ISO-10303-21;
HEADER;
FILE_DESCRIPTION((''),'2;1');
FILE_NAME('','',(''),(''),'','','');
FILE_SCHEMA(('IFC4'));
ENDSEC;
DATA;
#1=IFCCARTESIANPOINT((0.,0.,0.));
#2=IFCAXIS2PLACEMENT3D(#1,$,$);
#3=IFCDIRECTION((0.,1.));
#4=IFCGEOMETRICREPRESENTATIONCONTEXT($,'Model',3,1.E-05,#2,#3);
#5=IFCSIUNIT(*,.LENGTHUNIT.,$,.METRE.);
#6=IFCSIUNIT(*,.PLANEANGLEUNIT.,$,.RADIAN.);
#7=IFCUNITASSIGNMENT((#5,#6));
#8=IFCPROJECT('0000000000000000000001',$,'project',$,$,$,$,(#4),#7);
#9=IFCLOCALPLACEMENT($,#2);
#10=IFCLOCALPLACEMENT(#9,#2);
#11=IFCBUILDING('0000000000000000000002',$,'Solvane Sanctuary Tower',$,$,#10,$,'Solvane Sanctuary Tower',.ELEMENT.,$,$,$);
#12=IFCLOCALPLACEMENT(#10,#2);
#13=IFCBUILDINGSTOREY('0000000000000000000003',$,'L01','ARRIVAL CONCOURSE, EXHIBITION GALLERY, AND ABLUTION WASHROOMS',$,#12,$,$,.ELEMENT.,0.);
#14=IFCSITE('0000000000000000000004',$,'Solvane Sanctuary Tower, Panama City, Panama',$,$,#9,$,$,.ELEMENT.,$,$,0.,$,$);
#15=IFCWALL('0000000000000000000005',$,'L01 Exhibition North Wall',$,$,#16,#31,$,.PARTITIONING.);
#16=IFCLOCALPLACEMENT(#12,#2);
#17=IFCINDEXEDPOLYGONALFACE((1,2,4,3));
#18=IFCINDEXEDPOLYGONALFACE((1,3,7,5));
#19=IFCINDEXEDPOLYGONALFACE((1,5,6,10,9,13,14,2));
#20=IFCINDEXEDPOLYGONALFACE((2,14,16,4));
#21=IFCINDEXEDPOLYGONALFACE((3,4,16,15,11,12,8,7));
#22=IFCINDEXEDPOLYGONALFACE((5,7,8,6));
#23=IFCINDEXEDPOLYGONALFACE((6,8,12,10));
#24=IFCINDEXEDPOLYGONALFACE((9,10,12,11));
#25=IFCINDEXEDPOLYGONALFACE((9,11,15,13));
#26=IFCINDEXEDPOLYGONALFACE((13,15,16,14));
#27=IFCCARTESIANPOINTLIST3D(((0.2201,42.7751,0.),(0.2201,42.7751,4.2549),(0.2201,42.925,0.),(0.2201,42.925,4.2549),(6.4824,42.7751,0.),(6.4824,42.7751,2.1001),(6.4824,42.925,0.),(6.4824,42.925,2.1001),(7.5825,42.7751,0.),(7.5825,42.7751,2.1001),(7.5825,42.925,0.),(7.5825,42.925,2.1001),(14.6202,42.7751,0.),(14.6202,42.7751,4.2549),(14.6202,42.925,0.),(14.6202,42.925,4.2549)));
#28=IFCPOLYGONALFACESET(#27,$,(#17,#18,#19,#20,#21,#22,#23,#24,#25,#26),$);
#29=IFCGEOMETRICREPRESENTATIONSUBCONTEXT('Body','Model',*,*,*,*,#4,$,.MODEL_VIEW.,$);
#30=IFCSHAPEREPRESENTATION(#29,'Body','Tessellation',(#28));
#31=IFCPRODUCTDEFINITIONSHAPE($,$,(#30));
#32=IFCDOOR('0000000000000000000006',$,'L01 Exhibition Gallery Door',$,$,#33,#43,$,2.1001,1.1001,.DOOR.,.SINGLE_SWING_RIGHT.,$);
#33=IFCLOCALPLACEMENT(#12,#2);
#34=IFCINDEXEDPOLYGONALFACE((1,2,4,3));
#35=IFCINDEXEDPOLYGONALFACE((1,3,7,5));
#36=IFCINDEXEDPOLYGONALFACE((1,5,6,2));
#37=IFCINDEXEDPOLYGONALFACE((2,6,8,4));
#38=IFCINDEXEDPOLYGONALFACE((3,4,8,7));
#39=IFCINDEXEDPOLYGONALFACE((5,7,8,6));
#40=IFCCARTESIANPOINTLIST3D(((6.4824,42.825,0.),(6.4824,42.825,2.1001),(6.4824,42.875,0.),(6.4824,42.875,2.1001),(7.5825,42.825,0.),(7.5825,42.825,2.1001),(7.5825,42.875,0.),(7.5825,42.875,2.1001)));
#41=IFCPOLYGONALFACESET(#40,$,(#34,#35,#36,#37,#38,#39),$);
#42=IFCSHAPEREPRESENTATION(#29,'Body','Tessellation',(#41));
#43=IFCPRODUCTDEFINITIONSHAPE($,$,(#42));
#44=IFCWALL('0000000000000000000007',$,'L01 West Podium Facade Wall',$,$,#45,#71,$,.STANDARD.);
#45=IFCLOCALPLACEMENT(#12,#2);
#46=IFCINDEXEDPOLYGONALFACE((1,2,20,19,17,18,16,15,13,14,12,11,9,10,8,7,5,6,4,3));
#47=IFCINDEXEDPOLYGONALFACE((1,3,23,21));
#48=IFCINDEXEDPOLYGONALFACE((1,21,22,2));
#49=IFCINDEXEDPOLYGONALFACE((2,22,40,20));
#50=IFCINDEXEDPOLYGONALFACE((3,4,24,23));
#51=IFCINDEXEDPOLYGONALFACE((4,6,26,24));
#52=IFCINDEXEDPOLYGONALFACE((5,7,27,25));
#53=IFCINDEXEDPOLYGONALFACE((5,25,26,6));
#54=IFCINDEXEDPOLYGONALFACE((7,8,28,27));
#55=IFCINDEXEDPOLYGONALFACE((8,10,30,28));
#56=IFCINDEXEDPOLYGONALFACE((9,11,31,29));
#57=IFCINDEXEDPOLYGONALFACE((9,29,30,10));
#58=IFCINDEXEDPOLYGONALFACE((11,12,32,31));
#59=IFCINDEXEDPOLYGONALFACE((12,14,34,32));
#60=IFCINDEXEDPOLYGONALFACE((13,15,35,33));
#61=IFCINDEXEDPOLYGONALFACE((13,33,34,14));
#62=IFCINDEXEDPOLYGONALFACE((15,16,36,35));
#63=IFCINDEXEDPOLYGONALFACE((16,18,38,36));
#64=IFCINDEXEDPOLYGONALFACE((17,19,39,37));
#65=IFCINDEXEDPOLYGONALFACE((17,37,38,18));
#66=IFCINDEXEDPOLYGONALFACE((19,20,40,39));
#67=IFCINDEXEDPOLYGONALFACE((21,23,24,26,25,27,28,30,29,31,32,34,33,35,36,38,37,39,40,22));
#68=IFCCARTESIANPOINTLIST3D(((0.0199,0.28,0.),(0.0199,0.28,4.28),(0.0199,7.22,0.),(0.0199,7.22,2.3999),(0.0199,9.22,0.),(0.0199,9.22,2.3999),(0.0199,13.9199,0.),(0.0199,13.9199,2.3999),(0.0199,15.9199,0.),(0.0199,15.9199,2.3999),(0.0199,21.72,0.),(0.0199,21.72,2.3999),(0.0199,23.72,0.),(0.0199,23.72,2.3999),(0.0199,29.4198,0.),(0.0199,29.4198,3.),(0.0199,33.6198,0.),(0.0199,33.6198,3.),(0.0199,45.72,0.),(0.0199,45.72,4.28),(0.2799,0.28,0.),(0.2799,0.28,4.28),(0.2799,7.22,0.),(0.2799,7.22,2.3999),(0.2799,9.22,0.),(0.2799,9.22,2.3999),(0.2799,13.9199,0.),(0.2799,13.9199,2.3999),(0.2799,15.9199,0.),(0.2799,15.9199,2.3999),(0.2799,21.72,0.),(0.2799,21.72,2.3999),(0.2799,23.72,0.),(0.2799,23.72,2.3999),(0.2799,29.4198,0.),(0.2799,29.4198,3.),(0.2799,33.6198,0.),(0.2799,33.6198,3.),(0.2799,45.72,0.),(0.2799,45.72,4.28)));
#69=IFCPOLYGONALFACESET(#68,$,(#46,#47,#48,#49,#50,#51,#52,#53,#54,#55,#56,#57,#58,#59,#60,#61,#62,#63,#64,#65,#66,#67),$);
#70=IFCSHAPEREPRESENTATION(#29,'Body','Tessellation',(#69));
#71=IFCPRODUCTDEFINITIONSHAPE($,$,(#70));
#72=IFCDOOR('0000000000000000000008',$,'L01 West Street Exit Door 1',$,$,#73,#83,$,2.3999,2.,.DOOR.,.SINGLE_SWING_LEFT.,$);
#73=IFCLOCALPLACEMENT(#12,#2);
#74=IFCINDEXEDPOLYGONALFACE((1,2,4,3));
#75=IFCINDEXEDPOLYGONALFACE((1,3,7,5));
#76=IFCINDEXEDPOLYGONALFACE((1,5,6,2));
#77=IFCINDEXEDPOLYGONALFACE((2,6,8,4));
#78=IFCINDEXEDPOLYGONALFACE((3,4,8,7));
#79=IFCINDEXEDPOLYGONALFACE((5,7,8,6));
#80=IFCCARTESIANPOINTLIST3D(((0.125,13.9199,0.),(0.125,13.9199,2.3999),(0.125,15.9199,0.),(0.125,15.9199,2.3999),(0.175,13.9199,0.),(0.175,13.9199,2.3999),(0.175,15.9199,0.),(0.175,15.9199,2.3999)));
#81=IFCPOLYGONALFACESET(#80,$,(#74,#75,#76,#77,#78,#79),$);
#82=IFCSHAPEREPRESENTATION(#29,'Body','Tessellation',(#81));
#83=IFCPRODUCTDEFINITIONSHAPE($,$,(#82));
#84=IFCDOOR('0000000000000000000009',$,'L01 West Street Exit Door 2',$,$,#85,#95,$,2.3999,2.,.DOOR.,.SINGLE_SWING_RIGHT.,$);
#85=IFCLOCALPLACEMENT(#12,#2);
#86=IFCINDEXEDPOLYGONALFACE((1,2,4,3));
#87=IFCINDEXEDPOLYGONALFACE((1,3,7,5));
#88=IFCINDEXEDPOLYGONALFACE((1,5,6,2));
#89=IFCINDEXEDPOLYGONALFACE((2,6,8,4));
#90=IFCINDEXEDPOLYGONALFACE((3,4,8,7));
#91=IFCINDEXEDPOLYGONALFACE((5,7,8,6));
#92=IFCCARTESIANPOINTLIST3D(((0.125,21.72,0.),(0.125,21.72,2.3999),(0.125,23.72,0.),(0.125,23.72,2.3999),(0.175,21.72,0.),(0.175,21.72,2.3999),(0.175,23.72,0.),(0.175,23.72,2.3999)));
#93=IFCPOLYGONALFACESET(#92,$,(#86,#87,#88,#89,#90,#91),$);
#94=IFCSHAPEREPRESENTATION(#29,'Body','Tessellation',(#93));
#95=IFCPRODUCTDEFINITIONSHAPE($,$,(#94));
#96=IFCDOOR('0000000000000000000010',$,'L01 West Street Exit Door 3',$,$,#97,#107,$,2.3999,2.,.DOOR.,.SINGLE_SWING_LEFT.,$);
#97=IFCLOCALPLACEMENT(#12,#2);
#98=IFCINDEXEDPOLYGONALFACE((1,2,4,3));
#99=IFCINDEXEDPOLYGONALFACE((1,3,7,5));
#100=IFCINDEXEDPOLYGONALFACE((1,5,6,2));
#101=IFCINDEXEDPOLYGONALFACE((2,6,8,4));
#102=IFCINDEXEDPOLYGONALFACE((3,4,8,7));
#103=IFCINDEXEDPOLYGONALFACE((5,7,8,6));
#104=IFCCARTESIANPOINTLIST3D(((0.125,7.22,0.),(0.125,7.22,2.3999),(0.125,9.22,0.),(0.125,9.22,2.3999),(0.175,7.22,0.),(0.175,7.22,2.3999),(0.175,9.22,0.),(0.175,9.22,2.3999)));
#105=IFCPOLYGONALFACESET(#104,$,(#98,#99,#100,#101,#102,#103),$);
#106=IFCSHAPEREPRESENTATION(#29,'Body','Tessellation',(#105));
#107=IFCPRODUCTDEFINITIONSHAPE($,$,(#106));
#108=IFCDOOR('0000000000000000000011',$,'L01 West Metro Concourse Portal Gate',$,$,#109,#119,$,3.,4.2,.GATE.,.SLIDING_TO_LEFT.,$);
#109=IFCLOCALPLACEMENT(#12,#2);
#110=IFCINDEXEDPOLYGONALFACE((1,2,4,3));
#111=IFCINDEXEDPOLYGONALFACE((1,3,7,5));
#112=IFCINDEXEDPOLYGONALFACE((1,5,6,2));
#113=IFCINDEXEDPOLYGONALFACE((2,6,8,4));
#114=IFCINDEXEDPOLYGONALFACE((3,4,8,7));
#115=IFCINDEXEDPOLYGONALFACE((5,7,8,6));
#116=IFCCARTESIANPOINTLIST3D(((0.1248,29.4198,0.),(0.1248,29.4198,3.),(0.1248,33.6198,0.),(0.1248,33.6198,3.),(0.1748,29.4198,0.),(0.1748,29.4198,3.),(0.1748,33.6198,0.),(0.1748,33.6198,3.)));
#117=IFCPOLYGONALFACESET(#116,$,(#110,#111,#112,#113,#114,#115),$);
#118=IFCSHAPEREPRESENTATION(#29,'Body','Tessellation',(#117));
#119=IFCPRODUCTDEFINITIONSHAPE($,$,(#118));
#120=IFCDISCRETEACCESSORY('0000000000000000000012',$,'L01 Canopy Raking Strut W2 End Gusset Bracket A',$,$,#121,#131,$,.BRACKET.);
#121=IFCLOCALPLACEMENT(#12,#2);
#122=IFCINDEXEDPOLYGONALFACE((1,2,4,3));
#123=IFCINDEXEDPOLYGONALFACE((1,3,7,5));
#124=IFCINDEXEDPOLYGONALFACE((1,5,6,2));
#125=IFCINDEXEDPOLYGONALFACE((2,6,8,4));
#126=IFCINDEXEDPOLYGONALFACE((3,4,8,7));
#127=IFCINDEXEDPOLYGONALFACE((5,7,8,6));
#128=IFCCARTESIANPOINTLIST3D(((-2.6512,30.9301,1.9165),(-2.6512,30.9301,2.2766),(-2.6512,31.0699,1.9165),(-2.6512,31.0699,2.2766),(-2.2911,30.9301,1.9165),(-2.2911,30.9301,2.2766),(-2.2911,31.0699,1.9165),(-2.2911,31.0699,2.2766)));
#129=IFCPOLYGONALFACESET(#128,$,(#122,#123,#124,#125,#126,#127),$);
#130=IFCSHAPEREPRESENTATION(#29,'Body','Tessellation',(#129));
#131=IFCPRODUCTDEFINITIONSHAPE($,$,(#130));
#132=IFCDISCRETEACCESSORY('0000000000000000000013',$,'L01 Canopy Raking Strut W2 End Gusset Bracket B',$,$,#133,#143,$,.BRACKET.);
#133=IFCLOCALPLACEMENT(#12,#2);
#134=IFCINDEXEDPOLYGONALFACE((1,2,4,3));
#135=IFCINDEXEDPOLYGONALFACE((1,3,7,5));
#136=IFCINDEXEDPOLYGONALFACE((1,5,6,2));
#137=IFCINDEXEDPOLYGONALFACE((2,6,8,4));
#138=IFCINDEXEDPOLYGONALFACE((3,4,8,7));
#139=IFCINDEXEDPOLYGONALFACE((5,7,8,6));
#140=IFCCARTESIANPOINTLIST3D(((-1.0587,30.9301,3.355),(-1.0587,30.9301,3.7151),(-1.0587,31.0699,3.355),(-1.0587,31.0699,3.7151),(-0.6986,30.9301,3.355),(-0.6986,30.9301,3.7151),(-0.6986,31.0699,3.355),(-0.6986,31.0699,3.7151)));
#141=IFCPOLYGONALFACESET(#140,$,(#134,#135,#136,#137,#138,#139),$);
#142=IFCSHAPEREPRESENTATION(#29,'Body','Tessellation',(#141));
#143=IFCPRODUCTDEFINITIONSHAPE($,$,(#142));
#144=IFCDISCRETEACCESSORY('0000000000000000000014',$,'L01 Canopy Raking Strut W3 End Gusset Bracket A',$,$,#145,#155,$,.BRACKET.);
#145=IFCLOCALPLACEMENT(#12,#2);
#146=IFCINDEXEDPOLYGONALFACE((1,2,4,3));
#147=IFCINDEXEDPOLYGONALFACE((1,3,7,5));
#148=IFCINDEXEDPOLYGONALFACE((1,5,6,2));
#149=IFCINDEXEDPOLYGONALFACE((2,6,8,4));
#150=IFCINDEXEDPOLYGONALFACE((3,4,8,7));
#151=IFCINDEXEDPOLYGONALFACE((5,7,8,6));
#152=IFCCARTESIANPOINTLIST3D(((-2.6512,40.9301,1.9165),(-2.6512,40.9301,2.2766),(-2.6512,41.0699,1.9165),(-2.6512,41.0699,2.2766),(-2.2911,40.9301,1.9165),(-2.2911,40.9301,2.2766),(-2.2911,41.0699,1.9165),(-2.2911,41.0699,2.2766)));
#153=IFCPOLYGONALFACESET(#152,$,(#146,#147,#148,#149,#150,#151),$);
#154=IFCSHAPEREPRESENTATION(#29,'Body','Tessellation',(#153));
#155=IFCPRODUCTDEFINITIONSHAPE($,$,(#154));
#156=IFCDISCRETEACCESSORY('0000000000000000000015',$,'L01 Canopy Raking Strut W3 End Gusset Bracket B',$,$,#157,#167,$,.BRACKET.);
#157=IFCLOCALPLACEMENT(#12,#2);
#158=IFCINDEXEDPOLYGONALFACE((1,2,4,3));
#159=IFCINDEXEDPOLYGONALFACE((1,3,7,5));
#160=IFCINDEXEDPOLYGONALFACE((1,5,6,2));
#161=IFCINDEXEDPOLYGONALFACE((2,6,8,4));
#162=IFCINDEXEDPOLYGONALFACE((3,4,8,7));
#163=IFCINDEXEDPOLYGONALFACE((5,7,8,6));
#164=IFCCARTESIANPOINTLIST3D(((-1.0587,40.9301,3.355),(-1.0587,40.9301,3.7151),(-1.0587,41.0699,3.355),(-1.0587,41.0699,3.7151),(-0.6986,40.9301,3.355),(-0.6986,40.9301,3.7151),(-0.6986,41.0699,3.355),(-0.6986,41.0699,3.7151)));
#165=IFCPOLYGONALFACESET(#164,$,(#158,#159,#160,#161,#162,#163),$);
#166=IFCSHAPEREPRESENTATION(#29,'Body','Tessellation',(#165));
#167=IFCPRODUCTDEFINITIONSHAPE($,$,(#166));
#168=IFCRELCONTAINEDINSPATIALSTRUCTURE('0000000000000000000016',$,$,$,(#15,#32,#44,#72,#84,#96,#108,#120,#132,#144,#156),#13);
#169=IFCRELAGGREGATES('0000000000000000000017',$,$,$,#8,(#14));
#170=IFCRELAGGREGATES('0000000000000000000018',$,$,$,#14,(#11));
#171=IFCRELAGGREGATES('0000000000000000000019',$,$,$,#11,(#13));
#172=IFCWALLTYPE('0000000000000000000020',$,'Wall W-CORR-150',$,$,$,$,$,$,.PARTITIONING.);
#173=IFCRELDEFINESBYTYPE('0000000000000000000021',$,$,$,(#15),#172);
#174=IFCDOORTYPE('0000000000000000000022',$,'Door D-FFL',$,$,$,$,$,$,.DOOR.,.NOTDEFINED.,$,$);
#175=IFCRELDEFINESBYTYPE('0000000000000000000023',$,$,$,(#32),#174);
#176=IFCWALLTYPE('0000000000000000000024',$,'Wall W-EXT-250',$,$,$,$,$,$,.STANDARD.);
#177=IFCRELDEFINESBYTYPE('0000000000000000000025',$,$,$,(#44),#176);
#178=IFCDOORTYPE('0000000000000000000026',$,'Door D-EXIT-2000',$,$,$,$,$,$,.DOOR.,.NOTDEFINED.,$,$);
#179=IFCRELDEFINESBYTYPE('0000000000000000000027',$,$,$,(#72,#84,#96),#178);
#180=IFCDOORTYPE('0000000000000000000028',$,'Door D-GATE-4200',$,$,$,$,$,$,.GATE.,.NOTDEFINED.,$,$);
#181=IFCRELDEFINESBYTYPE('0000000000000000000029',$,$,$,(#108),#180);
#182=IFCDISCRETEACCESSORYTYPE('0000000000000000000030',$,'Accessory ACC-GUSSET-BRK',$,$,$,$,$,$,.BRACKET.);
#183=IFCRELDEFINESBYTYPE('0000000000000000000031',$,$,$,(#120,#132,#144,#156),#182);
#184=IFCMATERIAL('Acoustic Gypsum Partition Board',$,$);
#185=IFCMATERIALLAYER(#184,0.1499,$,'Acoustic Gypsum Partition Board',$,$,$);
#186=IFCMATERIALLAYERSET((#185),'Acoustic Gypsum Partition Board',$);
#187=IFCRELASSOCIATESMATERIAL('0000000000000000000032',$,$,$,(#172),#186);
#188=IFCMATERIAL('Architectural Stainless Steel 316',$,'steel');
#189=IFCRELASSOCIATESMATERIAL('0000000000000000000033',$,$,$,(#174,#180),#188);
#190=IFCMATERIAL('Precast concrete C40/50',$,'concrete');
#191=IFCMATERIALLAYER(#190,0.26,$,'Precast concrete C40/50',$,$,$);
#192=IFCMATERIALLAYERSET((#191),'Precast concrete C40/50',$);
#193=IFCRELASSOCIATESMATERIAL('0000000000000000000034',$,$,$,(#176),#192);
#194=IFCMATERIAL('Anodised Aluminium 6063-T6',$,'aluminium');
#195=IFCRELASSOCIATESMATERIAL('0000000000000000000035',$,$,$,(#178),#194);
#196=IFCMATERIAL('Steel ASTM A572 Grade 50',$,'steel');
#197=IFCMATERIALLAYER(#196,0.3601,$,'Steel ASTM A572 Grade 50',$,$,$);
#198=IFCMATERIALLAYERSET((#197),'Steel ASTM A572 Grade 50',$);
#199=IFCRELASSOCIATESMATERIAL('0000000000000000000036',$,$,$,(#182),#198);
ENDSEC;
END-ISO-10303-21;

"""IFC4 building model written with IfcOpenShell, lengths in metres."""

from ifc_helpers import new_model, si_unit, direction, frame, frame_2d, origin, origin_2d, place, context, subcontext, project, spatial, rectangle, extrude, material, layer, layer_set, type_object, element, fill, save


model = new_model("IFC4")

# Units and contexts
model_context = context("Model", 3, precision=1e-05, world=origin(), true_north=direction((0.0, 1.0)))
body_context = subcontext(model_context, "Body", "Model", "MODEL_VIEW")
ifc_project = project(units=[si_unit("LENGTHUNIT", "METRE"), si_unit("PLANEANGLEUNIT", "RADIAN")], contexts=[model_context])

# Site, building, storey
site_placement = place(None, origin())
site = spatial("IfcSite", under=ifc_project, at=site_placement, Name="Solvane Sanctuary Tower, Panama City, Panama", CompositionType="ELEMENT", RefElevation=0.0)
building_placement = place(site_placement, origin())
building = spatial("IfcBuilding", under=site, at=building_placement, Name="Solvane Sanctuary Tower", LongName="Solvane Sanctuary Tower", CompositionType="ELEMENT")
storey_placement = place(building_placement, origin())
storey = spatial("IfcBuildingStorey", under=building, at=storey_placement, Name="L01", Description="ARRIVAL CONCOURSE, EXHIBITION GALLERY, AND ABLUTION WASHROOMS", CompositionType="ELEMENT", Elevation=0.0)

# Shared definitions
ifc_material_1 = material(Name="Acoustic Gypsum Partition Board")
ifc_layer_1 = layer(ifc_material_1, 0.1499, Name="Acoustic Gypsum Partition Board")
ifc_layer_set_1 = layer_set([ifc_layer_1], Name="Acoustic Gypsum Partition Board")
wall_type_1 = type_object("IfcWallType", Name="Wall W-CORR-150", PredefinedType="PARTITIONING", material=ifc_layer_set_1)

# Wall, opening, door
wall_1_placement = place(storey_placement, frame((0.22, 42.8501, 0.0), z_axis=(0.0, 0.0, 1.0), x_axis=(1.0, 0.0, 0.0)))
wall_1 = element("IfcWall", 1, at=wall_1_placement, inside=storey, type_object=wall_type_1, Name="L01 Exhibition North Wall", PredefinedType="PARTITIONING", context=body_context, shape_type="SweptSolid", body=[
    extrude(rectangle(XDim=14.4001, YDim=0.1499, at=frame_2d((7.2002, 0.0))), origin(), (0.0, 0.0, 1.0), 4.2549),
])
opening_1_placement = place(wall_1_placement, frame((6.2625, 0.0, 0.0)))
opening_1 = element("IfcOpeningElement", 2, at=opening_1_placement, cuts=wall_1, PredefinedType="OPENING", context=body_context, shape_type="SweptSolid", body=[
    extrude(rectangle(XDim=1.1001, YDim=2.1001, at=frame_2d((0.55, 1.05))), frame((0.0, 0.085, 0.0), z_axis=(0.0, -1.0, 0.0), x_axis=(1.0, 0.0, 0.0)), (0.0, 0.0, 1.0), 0.1699),
])
ifc_material_2 = material(Name="Architectural Stainless Steel 316", Category="steel")
door_type_1 = type_object("IfcDoorType", Name="Door D-FFL", OperationType="NOTDEFINED", PredefinedType="DOOR", material=ifc_material_2)
door_1_placement = place(opening_1_placement, origin())
door_1 = element("IfcDoor", 3, at=door_1_placement, inside=storey, type_object=door_type_1, Name="L01 Exhibition Gallery Door", OperationType="SINGLE_SWING_RIGHT", OverallHeight=2.1001, OverallWidth=1.1001, PredefinedType="DOOR", context=body_context, shape_type="SweptSolid", body=[
    extrude(rectangle(XDim=1.1001, YDim=2.1001, at=frame_2d((0.55, 1.05))), frame((0.0, 0.0249, 0.0), z_axis=(0.0, -1.0, 0.0), x_axis=(1.0, 0.0, 0.0)), (0.0, 0.0, 1.0), 0.05),
])
fill(opening_1, door_1)

# Wall, openings, doors
ifc_material_3 = material(Name="Precast concrete C40/50", Category="concrete")
ifc_layer_2 = layer(ifc_material_3, 0.26, Name="Precast concrete C40/50")
ifc_layer_set_2 = layer_set([ifc_layer_2], Name="Precast concrete C40/50")
wall_type_2 = type_object("IfcWallType", Name="Wall W-EXT-250", PredefinedType="STANDARD", material=ifc_layer_set_2)
wall_2_placement = place(storey_placement, frame((0.1499, 45.72, 0.0), z_axis=(0.0, 0.0, 1.0), x_axis=(0.0, -1.0, 0.0)))
wall_2 = element("IfcWall", 4, at=wall_2_placement, inside=storey, type_object=wall_type_2, Name="L01 West Podium Facade Wall", PredefinedType="STANDARD", context=body_context, shape_type="SweptSolid", body=[
    extrude(rectangle(XDim=45.4399, YDim=0.26, at=frame_2d((22.72, 0.0))), origin(), (0.0, 0.0, 1.0), 4.28),
])
opening_2_placement = place(wall_2_placement, frame((29.8, 0.0, 0.0)))
opening_2 = element("IfcOpeningElement", 5, at=opening_2_placement, cuts=wall_2, PredefinedType="OPENING", context=body_context, shape_type="SweptSolid", body=[
    extrude(rectangle(XDim=2.0, YDim=2.3999, at=frame_2d((1.0, 1.2))), frame((0.0, 0.1399, 0.0), z_axis=(0.0, -1.0, 0.0), x_axis=(1.0, 0.0, 0.0)), (0.0, 0.0, 1.0), 0.28),
])
opening_3_placement = place(wall_2_placement, frame((22.0, 0.0, 0.0)))
opening_3 = element("IfcOpeningElement", 6, at=opening_3_placement, cuts=wall_2, PredefinedType="OPENING", context=body_context, shape_type="SweptSolid", body=[
    extrude(rectangle(XDim=2.0, YDim=2.3999, at=frame_2d((1.0, 1.2))), frame((0.0, 0.1399, 0.0), z_axis=(0.0, -1.0, 0.0), x_axis=(1.0, 0.0, 0.0)), (0.0, 0.0, 1.0), 0.28),
])
opening_4_placement = place(wall_2_placement, frame((36.5, 0.0, 0.0)))
opening_4 = element("IfcOpeningElement", 7, at=opening_4_placement, cuts=wall_2, PredefinedType="OPENING", context=body_context, shape_type="SweptSolid", body=[
    extrude(rectangle(XDim=2.0, YDim=2.3999, at=frame_2d((1.0, 1.2))), frame((0.0, 0.1399, 0.0), z_axis=(0.0, -1.0, 0.0), x_axis=(1.0, 0.0, 0.0)), (0.0, 0.0, 1.0), 0.28),
])
opening_5_placement = place(wall_2_placement, frame((12.1001, 0.0, 0.0)))
opening_5 = element("IfcOpeningElement", 8, at=opening_5_placement, cuts=wall_2, PredefinedType="OPENING", context=body_context, shape_type="SweptSolid", body=[
    extrude(rectangle(XDim=4.2, YDim=3.0, at=frame_2d((2.1001, 1.5))), frame((0.0, 0.1399, 0.0), z_axis=(0.0, -1.0, 0.0), x_axis=(1.0, 0.0, 0.0)), (0.0, 0.0, 1.0), 0.28),
])
ifc_material_4 = material(Name="Anodised Aluminium 6063-T6", Category="aluminium")
door_type_2 = type_object("IfcDoorType", Name="Door D-EXIT-2000", OperationType="NOTDEFINED", PredefinedType="DOOR", material=ifc_material_4)
door_2_placement = place(opening_2_placement, frame((2.0, 0.0, 0.0), z_axis=(0.0, 0.0, 1.0), x_axis=(-1.0, 0.0, 0.0)))
door_2 = element("IfcDoor", 9, at=door_2_placement, inside=storey, type_object=door_type_2, Name="L01 West Street Exit Door 1", OperationType="SINGLE_SWING_LEFT", OverallHeight=2.3999, OverallWidth=2.0, PredefinedType="DOOR", context=body_context, shape_type="SweptSolid", body=[
    extrude(rectangle(XDim=2.0, YDim=2.3999, at=frame_2d((1.0, 1.2))), frame((0.0, 0.0249, 0.0), z_axis=(0.0, -1.0, 0.0), x_axis=(1.0, 0.0, 0.0)), (0.0, 0.0, 1.0), 0.05),
])
fill(opening_2, door_2)
door_3_placement = place(opening_3_placement, frame((2.0, 0.0, 0.0), z_axis=(0.0, 0.0, 1.0), x_axis=(-1.0, 0.0, 0.0)))
door_3 = element("IfcDoor", 10, at=door_3_placement, inside=storey, type_object=door_type_2, Name="L01 West Street Exit Door 2", OperationType="SINGLE_SWING_RIGHT", OverallHeight=2.3999, OverallWidth=2.0, PredefinedType="DOOR", context=body_context, shape_type="SweptSolid", body=[
    extrude(rectangle(XDim=2.0, YDim=2.3999, at=frame_2d((1.0, 1.2))), frame((0.0, 0.0249, 0.0), z_axis=(0.0, -1.0, 0.0), x_axis=(1.0, 0.0, 0.0)), (0.0, 0.0, 1.0), 0.05),
])
fill(opening_3, door_3)
door_4_placement = place(opening_4_placement, frame((2.0, 0.0, 0.0), z_axis=(0.0, 0.0, 1.0), x_axis=(-1.0, 0.0, 0.0)))
door_4 = element("IfcDoor", 11, at=door_4_placement, inside=storey, type_object=door_type_2, Name="L01 West Street Exit Door 3", OperationType="SINGLE_SWING_LEFT", OverallHeight=2.3999, OverallWidth=2.0, PredefinedType="DOOR", context=body_context, shape_type="SweptSolid", body=[
    extrude(rectangle(XDim=2.0, YDim=2.3999, at=frame_2d((1.0, 1.2))), frame((0.0, 0.0249, 0.0), z_axis=(0.0, -1.0, 0.0), x_axis=(1.0, 0.0, 0.0)), (0.0, 0.0, 1.0), 0.05),
])
fill(opening_4, door_4)
door_type_3 = type_object("IfcDoorType", Name="Door D-GATE-4200", OperationType="NOTDEFINED", PredefinedType="GATE", material=ifc_material_2)
door_5_placement = place(opening_5_placement, origin())
door_5 = element("IfcDoor", 12, at=door_5_placement, inside=storey, type_object=door_type_3, Name="L01 West Metro Concourse Portal Gate", OperationType="SLIDING_TO_LEFT", OverallHeight=3.0, OverallWidth=4.2, PredefinedType="GATE", context=body_context, shape_type="SweptSolid", body=[
    extrude(rectangle(XDim=4.2, YDim=3.0, at=frame_2d((2.1001, 1.5))), frame((0.0, 0.0249, 0.0), z_axis=(0.0, -1.0, 0.0), x_axis=(1.0, 0.0, 0.0)), (0.0, 0.0, 1.0), 0.05),
])
fill(opening_5, door_5)

# Discrete accessories
ifc_material_5 = material(Name="Steel ASTM A572 Grade 50", Category="steel")
ifc_layer_3 = layer(ifc_material_5, 0.3601, Name="Steel ASTM A572 Grade 50")
ifc_layer_set_3 = layer_set([ifc_layer_3], Name="Steel ASTM A572 Grade 50")
discrete_accessory_type = type_object("IfcDiscreteAccessoryType", Name="Accessory ACC-GUSSET-BRK", PredefinedType="BRACKET", material=ifc_layer_set_3)
for number, where, z_axis, x_axis, name in (
    (13, (-2.4712, 31.0, 1.9165), (0.0, 0.0, 1.0), (1.0, 0.0, 0.0), "L01 Canopy Raking Strut W2 End Gusset Bracket A"),
    (14, (-0.8787, 31.0, 3.355), (0.0, 0.0, 1.0), (1.0, 0.0, 0.0), "L01 Canopy Raking Strut W2 End Gusset Bracket B"),
    (15, (-2.4712, 41.0, 1.9165), (0.0, 0.0, 1.0), (1.0, 0.0, 0.0), "L01 Canopy Raking Strut W3 End Gusset Bracket A"),
    (16, (-0.8787, 41.0, 3.355), (0.0, 0.0, 1.0), (1.0, 0.0, 0.0), "L01 Canopy Raking Strut W3 End Gusset Bracket B"),
):
    element("IfcDiscreteAccessory", number, at=place(storey_placement, frame(where, z_axis=z_axis, x_axis=x_axis)), inside=storey, type_object=discrete_accessory_type, Name=name, PredefinedType="BRACKET", context=body_context, shape_type="SweptSolid", body=[
        extrude(rectangle(XDim=0.3601, YDim=0.1399, at=origin_2d()), origin(), (0.0, 0.0, 1.0), 0.3601),
    ])

save(model, "model.ifc")
